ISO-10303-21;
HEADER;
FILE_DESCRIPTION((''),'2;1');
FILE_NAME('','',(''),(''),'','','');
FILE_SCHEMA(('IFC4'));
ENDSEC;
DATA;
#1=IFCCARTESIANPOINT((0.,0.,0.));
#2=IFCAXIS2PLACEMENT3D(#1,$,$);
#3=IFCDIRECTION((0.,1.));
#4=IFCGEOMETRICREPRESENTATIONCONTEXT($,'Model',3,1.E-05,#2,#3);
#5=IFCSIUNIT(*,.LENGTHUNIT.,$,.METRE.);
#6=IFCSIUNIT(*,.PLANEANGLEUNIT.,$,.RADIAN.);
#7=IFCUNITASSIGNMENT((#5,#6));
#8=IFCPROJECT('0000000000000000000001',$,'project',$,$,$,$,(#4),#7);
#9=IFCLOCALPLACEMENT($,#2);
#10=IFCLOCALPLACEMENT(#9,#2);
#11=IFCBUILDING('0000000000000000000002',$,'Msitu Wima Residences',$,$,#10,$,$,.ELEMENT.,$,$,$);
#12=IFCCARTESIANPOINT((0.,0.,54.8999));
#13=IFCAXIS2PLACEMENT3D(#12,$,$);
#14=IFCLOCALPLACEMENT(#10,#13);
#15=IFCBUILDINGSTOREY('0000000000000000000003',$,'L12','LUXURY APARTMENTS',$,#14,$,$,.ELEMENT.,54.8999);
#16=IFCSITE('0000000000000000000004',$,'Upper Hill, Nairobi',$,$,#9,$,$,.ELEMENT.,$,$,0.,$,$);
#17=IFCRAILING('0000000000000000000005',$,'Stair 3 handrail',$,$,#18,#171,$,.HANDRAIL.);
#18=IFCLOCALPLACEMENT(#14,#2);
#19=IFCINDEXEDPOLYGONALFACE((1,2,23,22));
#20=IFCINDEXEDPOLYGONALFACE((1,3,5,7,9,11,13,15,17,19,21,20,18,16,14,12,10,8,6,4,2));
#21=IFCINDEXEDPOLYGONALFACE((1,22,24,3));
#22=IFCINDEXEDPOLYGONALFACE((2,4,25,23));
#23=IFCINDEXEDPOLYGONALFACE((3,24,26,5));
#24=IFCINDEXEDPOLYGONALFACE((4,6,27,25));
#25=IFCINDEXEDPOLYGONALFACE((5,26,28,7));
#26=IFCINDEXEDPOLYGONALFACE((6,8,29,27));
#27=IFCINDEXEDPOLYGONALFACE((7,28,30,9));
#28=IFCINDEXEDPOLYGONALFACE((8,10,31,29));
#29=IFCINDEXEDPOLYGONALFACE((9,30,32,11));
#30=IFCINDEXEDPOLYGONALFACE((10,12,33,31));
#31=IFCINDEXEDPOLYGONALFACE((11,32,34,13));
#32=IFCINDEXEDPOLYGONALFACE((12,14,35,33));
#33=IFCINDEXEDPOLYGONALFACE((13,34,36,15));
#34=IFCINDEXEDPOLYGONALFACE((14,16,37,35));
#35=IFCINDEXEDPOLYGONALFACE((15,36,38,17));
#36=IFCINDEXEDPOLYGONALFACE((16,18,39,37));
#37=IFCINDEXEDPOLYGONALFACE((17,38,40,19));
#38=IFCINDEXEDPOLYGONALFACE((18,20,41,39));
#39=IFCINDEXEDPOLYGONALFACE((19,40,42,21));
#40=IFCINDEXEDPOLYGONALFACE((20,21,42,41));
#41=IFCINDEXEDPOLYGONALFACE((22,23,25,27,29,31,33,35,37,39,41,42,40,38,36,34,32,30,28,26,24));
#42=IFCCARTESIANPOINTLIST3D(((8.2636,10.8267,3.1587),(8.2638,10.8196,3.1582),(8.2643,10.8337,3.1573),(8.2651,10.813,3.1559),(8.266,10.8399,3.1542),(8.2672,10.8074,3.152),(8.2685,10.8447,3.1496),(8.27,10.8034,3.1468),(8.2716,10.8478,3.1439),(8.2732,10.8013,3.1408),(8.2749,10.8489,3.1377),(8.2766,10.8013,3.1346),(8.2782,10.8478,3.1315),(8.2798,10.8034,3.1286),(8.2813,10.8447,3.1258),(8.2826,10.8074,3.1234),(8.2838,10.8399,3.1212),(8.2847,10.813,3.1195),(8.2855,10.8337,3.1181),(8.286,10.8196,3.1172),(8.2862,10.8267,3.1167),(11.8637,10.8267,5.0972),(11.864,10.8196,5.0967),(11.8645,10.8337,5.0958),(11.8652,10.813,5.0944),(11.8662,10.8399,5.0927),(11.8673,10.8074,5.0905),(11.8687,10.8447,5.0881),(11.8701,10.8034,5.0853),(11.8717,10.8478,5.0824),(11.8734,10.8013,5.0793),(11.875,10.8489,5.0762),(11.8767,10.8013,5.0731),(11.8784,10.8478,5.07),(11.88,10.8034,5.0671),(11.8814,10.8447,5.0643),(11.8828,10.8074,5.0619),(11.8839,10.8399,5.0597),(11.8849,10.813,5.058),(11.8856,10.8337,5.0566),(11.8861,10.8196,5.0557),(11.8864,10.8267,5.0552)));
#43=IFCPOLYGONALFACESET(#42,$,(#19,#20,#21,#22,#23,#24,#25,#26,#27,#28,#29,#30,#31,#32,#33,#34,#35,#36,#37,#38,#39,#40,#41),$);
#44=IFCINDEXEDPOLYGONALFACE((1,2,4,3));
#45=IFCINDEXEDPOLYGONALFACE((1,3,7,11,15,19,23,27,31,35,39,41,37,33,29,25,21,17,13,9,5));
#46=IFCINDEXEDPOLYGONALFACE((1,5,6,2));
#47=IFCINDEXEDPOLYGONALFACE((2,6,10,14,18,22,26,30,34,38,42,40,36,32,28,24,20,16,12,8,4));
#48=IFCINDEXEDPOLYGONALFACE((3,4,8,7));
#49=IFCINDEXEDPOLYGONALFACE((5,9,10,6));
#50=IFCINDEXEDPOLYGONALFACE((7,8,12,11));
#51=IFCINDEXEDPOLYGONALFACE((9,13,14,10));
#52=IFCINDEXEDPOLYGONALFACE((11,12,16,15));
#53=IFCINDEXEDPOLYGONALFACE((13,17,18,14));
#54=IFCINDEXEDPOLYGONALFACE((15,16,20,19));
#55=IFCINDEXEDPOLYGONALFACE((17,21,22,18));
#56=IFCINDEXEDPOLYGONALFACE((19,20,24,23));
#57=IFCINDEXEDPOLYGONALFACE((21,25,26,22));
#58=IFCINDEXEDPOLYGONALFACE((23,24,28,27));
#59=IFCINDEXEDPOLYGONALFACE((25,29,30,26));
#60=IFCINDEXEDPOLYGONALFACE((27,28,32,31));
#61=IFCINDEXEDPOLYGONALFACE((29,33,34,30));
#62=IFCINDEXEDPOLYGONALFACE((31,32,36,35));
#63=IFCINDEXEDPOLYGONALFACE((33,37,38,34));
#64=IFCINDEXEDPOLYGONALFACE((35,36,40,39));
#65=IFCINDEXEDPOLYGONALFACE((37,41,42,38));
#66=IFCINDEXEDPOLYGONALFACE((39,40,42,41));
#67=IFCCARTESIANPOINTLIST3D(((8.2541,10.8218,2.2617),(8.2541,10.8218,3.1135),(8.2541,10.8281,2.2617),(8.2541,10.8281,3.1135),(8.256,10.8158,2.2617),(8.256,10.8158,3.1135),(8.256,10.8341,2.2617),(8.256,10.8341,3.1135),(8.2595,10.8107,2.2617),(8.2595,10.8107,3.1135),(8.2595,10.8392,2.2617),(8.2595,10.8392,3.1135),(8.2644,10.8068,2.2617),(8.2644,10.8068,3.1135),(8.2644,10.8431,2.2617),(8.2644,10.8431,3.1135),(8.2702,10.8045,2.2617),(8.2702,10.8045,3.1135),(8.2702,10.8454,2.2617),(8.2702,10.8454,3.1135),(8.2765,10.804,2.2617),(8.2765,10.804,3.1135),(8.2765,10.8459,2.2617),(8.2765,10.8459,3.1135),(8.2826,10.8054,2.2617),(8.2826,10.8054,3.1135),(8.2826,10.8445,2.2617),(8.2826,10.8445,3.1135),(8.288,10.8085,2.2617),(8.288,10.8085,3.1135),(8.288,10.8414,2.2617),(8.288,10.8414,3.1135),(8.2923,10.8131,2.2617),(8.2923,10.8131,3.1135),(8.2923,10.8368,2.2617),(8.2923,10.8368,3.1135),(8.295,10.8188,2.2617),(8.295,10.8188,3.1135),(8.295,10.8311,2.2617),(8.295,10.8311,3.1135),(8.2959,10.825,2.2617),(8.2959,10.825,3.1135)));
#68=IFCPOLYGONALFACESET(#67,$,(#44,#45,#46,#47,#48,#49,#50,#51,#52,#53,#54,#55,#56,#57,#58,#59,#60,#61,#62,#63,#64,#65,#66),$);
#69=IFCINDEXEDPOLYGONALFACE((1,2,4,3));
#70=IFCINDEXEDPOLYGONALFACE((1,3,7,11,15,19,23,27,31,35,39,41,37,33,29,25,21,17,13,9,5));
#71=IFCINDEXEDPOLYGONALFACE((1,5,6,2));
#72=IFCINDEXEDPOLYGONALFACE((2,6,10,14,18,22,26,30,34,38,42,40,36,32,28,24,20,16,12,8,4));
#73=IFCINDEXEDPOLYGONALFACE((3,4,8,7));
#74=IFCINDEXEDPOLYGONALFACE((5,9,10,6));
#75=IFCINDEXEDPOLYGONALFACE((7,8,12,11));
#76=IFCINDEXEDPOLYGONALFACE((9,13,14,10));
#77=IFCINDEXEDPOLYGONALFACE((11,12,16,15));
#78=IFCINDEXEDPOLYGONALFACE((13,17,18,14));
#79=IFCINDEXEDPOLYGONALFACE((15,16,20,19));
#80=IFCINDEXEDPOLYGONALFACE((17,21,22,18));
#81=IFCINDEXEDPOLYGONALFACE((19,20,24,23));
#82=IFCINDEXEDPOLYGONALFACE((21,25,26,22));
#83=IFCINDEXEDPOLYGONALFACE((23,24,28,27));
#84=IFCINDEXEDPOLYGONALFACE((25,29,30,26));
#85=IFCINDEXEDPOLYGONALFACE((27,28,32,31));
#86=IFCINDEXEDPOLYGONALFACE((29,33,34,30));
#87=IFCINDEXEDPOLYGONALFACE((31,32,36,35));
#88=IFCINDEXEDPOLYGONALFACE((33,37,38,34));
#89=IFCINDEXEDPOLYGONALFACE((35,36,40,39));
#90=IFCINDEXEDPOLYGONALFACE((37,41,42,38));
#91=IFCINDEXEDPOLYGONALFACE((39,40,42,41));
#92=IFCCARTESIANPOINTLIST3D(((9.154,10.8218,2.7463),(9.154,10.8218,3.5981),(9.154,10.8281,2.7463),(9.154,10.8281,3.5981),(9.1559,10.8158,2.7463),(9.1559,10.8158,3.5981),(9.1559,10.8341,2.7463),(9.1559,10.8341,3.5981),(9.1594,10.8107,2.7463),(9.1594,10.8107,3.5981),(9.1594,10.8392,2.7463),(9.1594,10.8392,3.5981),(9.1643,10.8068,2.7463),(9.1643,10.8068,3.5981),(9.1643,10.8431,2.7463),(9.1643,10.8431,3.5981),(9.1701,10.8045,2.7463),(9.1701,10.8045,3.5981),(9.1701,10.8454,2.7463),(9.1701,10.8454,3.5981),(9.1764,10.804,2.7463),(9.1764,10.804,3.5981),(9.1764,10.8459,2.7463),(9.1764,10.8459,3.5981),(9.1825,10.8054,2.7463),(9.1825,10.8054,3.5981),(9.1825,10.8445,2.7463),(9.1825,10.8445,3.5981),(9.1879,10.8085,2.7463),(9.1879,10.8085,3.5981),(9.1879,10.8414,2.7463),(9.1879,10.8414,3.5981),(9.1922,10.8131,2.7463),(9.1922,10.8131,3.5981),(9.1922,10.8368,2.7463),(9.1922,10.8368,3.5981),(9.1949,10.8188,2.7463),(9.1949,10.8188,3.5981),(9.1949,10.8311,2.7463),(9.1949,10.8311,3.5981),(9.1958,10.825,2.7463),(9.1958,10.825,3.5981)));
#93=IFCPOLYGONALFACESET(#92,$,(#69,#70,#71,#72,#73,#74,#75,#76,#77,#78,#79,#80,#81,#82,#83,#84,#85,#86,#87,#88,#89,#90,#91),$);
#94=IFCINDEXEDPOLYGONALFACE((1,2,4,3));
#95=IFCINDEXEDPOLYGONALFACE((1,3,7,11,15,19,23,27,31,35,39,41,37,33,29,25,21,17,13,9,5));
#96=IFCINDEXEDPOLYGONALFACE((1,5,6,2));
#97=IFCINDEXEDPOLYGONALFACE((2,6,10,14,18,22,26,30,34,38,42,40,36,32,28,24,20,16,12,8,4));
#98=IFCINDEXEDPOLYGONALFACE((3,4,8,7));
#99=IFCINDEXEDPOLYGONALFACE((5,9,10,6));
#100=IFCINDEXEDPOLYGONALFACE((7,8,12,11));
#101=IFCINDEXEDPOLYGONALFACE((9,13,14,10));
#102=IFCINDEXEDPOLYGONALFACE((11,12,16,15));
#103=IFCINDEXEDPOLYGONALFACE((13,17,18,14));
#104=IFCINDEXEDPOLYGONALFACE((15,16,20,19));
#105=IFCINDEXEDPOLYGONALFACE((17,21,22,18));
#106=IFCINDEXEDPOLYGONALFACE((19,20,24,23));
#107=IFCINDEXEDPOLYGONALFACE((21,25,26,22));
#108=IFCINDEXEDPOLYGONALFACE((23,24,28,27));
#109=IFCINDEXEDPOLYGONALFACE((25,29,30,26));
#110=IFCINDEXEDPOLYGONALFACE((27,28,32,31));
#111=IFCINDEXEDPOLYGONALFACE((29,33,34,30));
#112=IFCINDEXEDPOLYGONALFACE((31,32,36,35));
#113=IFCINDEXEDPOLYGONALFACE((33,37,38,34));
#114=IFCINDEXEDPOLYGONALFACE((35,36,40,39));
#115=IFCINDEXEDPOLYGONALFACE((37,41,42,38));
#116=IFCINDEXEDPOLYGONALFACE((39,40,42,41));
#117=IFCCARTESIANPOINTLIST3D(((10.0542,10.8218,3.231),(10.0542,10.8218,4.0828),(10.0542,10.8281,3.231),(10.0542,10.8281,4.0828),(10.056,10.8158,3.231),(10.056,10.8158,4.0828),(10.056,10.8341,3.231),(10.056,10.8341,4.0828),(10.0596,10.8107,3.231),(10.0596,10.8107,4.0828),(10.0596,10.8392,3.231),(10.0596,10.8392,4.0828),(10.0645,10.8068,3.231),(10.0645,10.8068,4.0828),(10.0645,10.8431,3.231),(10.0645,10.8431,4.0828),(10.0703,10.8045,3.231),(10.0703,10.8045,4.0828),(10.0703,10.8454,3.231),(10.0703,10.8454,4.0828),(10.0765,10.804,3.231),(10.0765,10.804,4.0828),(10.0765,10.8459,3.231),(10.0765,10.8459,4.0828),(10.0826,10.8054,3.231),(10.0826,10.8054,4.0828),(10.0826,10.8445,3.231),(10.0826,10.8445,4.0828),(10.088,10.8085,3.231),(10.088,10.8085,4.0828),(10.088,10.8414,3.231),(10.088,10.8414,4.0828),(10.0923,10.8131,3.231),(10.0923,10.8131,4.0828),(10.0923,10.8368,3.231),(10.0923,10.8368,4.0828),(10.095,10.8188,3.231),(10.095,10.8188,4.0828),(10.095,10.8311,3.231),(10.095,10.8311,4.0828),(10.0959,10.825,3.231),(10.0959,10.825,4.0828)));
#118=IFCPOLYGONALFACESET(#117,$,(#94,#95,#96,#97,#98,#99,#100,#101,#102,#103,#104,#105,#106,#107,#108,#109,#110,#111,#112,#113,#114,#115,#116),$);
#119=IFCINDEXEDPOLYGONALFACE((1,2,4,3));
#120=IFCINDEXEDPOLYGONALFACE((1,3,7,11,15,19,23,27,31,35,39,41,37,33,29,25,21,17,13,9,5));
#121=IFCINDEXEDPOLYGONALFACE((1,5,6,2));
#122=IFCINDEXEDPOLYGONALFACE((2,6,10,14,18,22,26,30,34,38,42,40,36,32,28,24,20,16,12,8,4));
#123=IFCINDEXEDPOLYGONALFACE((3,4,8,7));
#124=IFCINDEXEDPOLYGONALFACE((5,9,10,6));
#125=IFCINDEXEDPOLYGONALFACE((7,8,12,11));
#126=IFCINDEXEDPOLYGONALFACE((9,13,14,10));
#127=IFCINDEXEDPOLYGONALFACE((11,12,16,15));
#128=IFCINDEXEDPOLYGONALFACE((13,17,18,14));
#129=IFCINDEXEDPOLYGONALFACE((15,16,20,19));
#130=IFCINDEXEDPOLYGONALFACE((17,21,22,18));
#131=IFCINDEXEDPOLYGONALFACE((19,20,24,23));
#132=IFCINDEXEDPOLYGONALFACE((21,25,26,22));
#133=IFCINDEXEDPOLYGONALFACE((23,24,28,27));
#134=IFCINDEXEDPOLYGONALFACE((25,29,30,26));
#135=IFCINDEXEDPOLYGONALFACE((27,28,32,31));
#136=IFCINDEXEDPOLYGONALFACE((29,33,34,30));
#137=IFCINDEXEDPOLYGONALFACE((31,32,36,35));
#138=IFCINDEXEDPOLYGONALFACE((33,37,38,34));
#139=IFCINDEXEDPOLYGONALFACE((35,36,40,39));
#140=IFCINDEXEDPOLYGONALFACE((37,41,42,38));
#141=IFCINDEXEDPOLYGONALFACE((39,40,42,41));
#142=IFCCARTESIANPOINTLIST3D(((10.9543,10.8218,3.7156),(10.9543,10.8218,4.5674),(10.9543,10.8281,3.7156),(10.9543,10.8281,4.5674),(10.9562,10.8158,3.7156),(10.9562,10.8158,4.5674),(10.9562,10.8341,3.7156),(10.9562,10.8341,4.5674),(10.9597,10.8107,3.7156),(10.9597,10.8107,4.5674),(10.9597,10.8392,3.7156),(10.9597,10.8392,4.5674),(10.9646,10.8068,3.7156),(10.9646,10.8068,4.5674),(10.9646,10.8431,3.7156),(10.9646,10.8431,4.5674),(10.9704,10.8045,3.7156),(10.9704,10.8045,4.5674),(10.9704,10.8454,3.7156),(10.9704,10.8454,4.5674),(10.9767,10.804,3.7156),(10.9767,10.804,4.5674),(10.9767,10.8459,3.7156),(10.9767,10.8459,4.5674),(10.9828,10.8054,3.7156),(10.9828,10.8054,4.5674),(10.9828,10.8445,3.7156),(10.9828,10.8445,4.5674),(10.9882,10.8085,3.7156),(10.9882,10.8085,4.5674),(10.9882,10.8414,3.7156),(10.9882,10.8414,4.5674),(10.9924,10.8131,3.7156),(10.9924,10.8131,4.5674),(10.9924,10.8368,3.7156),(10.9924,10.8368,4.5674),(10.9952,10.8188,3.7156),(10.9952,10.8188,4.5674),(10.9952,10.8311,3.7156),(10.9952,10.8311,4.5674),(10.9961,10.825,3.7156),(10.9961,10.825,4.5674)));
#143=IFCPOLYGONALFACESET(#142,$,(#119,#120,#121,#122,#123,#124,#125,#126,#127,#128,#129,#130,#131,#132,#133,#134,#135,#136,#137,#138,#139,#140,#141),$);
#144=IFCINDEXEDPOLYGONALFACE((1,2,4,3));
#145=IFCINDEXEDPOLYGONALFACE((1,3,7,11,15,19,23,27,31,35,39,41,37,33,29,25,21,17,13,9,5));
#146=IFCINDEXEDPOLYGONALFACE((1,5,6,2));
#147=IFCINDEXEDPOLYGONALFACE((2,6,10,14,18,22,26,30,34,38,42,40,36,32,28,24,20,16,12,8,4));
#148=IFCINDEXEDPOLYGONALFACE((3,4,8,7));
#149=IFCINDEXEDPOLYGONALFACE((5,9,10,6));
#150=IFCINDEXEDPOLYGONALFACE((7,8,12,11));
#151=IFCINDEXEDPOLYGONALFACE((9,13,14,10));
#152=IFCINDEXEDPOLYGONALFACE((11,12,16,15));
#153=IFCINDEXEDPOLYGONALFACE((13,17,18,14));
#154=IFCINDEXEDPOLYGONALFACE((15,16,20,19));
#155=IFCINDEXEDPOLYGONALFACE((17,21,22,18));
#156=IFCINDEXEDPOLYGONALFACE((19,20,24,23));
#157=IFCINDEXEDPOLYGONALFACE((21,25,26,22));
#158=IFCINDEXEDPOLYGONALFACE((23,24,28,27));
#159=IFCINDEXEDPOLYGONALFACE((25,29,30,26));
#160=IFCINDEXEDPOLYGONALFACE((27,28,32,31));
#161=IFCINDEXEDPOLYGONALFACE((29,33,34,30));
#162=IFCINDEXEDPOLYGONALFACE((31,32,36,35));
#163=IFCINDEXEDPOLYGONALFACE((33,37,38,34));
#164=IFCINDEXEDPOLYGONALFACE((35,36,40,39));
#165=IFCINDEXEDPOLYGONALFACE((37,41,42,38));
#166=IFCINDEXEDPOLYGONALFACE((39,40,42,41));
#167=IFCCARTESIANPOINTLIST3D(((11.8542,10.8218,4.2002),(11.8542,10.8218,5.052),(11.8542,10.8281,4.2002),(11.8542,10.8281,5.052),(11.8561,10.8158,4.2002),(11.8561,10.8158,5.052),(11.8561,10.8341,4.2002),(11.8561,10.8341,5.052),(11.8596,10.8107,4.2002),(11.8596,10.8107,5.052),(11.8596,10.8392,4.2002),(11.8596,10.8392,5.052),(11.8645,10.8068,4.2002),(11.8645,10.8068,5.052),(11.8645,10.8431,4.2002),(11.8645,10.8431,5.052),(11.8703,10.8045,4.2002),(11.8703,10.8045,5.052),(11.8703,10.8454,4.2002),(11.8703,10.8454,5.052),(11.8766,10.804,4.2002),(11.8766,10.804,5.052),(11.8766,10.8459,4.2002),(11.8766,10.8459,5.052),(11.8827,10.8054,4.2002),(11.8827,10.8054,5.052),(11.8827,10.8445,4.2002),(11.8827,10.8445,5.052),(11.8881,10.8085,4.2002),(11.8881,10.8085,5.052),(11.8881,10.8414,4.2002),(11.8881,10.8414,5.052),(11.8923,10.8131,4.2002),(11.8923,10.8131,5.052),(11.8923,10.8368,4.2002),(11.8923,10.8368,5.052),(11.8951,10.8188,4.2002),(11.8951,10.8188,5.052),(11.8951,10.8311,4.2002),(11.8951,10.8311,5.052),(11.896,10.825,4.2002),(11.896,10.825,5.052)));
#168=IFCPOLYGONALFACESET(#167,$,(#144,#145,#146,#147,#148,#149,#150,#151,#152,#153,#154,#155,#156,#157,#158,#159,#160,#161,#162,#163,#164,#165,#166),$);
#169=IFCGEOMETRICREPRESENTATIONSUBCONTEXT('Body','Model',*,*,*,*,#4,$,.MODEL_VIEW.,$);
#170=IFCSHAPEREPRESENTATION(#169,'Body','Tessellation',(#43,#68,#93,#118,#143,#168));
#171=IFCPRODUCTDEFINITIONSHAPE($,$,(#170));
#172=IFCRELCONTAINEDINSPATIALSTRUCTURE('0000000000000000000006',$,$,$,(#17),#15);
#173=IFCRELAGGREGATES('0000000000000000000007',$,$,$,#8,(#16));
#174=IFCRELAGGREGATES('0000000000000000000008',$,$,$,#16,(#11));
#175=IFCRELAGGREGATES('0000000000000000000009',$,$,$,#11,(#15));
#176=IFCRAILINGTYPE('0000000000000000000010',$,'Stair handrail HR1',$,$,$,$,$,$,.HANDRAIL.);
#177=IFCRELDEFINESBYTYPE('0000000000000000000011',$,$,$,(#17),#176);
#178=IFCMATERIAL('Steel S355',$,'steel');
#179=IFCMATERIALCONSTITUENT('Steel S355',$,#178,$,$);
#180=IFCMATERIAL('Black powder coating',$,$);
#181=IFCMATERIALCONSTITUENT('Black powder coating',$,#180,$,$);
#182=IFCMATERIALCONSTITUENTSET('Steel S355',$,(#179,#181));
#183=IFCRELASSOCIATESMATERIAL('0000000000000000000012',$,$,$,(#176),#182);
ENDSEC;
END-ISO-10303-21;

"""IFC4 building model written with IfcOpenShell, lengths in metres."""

from ifc_helpers import new_model, si_unit, direction, frame, origin, origin_2d, place, context, subcontext, project, spatial, circle, extrude, material, constituent, constituent_set, type_object, element, save


model = new_model("IFC4")

# Units and contexts
model_context = context("Model", 3, precision=1e-05, world=origin(), true_north=direction((0.0, 1.0)))
body_context = subcontext(model_context, "Body", "Model", "MODEL_VIEW")
ifc_project = project(units=[si_unit("LENGTHUNIT", "METRE"), si_unit("PLANEANGLEUNIT", "RADIAN")], contexts=[model_context])

# Site, building, storey
site_placement = place(None, origin())
site = spatial("IfcSite", under=ifc_project, at=site_placement, Name="Upper Hill, Nairobi", CompositionType="ELEMENT", RefElevation=0.0)
building_placement = place(site_placement, origin())
building = spatial("IfcBuilding", under=site, at=building_placement, Name="Msitu Wima Residences", CompositionType="ELEMENT")
storey_placement = place(building_placement, frame((0.0, 0.0, 54.8999)))
storey = spatial("IfcBuildingStorey", under=building, at=storey_placement, Name="L12", Description="LUXURY APARTMENTS", CompositionType="ELEMENT", Elevation=54.8999)

# Railing
ifc_material_1 = material(Name="Steel S355", Category="steel")
ifc_constituent_1 = constituent(ifc_material_1, Name="Steel S355")
ifc_material_2 = material(Name="Black powder coating")
ifc_constituent_2 = constituent(ifc_material_2, Name="Black powder coating")
ifc_constituent_set = constituent_set(constituents=[ifc_constituent_1, ifc_constituent_2], Name="Steel S355")
railing_type = type_object("IfcRailingType", Name="Stair handrail HR1", PredefinedType="HANDRAIL", material=ifc_constituent_set)
for number, where, name in (
    (1, (8.2749, 10.825, 2.2617), "Stair 3 handrail"),
):
    element("IfcRailing", number, at=place(storey_placement, frame(where)), inside=storey, type_object=railing_type, Name=name, PredefinedType="HANDRAIL", context=body_context, shape_type="SweptSolid", body=[
        extrude(circle(Radius=0.0239, at=origin_2d()), frame((0.0, 0.0, 0.876), z_axis=(0.880475, 0.0, 0.474093), x_axis=(0.0, 1.0, 0.0)), (0.0, 0.0, 1.0), 4.0889),
        extrude(circle(Radius=0.021, at=origin_2d()), origin(), (0.0, 0.0, 1.0), 0.8518),
        extrude(circle(Radius=0.021, at=origin_2d()), frame((0.8999, 0.0, 0.4846)), (0.0, 0.0, 1.0), 0.8518),
        extrude(circle(Radius=0.021, at=origin_2d()), frame((1.8, 0.0, 0.9692)), (0.0, 0.0, 1.0), 0.8518),
        extrude(circle(Radius=0.021, at=origin_2d()), frame((2.7002, 0.0, 1.4539)), (0.0, 0.0, 1.0), 0.8518),
        extrude(circle(Radius=0.021, at=origin_2d()), frame((3.6001, 0.0, 1.9385)), (0.0, 0.0, 1.0), 0.8518),
    ])

save(model, "model.ifc")
